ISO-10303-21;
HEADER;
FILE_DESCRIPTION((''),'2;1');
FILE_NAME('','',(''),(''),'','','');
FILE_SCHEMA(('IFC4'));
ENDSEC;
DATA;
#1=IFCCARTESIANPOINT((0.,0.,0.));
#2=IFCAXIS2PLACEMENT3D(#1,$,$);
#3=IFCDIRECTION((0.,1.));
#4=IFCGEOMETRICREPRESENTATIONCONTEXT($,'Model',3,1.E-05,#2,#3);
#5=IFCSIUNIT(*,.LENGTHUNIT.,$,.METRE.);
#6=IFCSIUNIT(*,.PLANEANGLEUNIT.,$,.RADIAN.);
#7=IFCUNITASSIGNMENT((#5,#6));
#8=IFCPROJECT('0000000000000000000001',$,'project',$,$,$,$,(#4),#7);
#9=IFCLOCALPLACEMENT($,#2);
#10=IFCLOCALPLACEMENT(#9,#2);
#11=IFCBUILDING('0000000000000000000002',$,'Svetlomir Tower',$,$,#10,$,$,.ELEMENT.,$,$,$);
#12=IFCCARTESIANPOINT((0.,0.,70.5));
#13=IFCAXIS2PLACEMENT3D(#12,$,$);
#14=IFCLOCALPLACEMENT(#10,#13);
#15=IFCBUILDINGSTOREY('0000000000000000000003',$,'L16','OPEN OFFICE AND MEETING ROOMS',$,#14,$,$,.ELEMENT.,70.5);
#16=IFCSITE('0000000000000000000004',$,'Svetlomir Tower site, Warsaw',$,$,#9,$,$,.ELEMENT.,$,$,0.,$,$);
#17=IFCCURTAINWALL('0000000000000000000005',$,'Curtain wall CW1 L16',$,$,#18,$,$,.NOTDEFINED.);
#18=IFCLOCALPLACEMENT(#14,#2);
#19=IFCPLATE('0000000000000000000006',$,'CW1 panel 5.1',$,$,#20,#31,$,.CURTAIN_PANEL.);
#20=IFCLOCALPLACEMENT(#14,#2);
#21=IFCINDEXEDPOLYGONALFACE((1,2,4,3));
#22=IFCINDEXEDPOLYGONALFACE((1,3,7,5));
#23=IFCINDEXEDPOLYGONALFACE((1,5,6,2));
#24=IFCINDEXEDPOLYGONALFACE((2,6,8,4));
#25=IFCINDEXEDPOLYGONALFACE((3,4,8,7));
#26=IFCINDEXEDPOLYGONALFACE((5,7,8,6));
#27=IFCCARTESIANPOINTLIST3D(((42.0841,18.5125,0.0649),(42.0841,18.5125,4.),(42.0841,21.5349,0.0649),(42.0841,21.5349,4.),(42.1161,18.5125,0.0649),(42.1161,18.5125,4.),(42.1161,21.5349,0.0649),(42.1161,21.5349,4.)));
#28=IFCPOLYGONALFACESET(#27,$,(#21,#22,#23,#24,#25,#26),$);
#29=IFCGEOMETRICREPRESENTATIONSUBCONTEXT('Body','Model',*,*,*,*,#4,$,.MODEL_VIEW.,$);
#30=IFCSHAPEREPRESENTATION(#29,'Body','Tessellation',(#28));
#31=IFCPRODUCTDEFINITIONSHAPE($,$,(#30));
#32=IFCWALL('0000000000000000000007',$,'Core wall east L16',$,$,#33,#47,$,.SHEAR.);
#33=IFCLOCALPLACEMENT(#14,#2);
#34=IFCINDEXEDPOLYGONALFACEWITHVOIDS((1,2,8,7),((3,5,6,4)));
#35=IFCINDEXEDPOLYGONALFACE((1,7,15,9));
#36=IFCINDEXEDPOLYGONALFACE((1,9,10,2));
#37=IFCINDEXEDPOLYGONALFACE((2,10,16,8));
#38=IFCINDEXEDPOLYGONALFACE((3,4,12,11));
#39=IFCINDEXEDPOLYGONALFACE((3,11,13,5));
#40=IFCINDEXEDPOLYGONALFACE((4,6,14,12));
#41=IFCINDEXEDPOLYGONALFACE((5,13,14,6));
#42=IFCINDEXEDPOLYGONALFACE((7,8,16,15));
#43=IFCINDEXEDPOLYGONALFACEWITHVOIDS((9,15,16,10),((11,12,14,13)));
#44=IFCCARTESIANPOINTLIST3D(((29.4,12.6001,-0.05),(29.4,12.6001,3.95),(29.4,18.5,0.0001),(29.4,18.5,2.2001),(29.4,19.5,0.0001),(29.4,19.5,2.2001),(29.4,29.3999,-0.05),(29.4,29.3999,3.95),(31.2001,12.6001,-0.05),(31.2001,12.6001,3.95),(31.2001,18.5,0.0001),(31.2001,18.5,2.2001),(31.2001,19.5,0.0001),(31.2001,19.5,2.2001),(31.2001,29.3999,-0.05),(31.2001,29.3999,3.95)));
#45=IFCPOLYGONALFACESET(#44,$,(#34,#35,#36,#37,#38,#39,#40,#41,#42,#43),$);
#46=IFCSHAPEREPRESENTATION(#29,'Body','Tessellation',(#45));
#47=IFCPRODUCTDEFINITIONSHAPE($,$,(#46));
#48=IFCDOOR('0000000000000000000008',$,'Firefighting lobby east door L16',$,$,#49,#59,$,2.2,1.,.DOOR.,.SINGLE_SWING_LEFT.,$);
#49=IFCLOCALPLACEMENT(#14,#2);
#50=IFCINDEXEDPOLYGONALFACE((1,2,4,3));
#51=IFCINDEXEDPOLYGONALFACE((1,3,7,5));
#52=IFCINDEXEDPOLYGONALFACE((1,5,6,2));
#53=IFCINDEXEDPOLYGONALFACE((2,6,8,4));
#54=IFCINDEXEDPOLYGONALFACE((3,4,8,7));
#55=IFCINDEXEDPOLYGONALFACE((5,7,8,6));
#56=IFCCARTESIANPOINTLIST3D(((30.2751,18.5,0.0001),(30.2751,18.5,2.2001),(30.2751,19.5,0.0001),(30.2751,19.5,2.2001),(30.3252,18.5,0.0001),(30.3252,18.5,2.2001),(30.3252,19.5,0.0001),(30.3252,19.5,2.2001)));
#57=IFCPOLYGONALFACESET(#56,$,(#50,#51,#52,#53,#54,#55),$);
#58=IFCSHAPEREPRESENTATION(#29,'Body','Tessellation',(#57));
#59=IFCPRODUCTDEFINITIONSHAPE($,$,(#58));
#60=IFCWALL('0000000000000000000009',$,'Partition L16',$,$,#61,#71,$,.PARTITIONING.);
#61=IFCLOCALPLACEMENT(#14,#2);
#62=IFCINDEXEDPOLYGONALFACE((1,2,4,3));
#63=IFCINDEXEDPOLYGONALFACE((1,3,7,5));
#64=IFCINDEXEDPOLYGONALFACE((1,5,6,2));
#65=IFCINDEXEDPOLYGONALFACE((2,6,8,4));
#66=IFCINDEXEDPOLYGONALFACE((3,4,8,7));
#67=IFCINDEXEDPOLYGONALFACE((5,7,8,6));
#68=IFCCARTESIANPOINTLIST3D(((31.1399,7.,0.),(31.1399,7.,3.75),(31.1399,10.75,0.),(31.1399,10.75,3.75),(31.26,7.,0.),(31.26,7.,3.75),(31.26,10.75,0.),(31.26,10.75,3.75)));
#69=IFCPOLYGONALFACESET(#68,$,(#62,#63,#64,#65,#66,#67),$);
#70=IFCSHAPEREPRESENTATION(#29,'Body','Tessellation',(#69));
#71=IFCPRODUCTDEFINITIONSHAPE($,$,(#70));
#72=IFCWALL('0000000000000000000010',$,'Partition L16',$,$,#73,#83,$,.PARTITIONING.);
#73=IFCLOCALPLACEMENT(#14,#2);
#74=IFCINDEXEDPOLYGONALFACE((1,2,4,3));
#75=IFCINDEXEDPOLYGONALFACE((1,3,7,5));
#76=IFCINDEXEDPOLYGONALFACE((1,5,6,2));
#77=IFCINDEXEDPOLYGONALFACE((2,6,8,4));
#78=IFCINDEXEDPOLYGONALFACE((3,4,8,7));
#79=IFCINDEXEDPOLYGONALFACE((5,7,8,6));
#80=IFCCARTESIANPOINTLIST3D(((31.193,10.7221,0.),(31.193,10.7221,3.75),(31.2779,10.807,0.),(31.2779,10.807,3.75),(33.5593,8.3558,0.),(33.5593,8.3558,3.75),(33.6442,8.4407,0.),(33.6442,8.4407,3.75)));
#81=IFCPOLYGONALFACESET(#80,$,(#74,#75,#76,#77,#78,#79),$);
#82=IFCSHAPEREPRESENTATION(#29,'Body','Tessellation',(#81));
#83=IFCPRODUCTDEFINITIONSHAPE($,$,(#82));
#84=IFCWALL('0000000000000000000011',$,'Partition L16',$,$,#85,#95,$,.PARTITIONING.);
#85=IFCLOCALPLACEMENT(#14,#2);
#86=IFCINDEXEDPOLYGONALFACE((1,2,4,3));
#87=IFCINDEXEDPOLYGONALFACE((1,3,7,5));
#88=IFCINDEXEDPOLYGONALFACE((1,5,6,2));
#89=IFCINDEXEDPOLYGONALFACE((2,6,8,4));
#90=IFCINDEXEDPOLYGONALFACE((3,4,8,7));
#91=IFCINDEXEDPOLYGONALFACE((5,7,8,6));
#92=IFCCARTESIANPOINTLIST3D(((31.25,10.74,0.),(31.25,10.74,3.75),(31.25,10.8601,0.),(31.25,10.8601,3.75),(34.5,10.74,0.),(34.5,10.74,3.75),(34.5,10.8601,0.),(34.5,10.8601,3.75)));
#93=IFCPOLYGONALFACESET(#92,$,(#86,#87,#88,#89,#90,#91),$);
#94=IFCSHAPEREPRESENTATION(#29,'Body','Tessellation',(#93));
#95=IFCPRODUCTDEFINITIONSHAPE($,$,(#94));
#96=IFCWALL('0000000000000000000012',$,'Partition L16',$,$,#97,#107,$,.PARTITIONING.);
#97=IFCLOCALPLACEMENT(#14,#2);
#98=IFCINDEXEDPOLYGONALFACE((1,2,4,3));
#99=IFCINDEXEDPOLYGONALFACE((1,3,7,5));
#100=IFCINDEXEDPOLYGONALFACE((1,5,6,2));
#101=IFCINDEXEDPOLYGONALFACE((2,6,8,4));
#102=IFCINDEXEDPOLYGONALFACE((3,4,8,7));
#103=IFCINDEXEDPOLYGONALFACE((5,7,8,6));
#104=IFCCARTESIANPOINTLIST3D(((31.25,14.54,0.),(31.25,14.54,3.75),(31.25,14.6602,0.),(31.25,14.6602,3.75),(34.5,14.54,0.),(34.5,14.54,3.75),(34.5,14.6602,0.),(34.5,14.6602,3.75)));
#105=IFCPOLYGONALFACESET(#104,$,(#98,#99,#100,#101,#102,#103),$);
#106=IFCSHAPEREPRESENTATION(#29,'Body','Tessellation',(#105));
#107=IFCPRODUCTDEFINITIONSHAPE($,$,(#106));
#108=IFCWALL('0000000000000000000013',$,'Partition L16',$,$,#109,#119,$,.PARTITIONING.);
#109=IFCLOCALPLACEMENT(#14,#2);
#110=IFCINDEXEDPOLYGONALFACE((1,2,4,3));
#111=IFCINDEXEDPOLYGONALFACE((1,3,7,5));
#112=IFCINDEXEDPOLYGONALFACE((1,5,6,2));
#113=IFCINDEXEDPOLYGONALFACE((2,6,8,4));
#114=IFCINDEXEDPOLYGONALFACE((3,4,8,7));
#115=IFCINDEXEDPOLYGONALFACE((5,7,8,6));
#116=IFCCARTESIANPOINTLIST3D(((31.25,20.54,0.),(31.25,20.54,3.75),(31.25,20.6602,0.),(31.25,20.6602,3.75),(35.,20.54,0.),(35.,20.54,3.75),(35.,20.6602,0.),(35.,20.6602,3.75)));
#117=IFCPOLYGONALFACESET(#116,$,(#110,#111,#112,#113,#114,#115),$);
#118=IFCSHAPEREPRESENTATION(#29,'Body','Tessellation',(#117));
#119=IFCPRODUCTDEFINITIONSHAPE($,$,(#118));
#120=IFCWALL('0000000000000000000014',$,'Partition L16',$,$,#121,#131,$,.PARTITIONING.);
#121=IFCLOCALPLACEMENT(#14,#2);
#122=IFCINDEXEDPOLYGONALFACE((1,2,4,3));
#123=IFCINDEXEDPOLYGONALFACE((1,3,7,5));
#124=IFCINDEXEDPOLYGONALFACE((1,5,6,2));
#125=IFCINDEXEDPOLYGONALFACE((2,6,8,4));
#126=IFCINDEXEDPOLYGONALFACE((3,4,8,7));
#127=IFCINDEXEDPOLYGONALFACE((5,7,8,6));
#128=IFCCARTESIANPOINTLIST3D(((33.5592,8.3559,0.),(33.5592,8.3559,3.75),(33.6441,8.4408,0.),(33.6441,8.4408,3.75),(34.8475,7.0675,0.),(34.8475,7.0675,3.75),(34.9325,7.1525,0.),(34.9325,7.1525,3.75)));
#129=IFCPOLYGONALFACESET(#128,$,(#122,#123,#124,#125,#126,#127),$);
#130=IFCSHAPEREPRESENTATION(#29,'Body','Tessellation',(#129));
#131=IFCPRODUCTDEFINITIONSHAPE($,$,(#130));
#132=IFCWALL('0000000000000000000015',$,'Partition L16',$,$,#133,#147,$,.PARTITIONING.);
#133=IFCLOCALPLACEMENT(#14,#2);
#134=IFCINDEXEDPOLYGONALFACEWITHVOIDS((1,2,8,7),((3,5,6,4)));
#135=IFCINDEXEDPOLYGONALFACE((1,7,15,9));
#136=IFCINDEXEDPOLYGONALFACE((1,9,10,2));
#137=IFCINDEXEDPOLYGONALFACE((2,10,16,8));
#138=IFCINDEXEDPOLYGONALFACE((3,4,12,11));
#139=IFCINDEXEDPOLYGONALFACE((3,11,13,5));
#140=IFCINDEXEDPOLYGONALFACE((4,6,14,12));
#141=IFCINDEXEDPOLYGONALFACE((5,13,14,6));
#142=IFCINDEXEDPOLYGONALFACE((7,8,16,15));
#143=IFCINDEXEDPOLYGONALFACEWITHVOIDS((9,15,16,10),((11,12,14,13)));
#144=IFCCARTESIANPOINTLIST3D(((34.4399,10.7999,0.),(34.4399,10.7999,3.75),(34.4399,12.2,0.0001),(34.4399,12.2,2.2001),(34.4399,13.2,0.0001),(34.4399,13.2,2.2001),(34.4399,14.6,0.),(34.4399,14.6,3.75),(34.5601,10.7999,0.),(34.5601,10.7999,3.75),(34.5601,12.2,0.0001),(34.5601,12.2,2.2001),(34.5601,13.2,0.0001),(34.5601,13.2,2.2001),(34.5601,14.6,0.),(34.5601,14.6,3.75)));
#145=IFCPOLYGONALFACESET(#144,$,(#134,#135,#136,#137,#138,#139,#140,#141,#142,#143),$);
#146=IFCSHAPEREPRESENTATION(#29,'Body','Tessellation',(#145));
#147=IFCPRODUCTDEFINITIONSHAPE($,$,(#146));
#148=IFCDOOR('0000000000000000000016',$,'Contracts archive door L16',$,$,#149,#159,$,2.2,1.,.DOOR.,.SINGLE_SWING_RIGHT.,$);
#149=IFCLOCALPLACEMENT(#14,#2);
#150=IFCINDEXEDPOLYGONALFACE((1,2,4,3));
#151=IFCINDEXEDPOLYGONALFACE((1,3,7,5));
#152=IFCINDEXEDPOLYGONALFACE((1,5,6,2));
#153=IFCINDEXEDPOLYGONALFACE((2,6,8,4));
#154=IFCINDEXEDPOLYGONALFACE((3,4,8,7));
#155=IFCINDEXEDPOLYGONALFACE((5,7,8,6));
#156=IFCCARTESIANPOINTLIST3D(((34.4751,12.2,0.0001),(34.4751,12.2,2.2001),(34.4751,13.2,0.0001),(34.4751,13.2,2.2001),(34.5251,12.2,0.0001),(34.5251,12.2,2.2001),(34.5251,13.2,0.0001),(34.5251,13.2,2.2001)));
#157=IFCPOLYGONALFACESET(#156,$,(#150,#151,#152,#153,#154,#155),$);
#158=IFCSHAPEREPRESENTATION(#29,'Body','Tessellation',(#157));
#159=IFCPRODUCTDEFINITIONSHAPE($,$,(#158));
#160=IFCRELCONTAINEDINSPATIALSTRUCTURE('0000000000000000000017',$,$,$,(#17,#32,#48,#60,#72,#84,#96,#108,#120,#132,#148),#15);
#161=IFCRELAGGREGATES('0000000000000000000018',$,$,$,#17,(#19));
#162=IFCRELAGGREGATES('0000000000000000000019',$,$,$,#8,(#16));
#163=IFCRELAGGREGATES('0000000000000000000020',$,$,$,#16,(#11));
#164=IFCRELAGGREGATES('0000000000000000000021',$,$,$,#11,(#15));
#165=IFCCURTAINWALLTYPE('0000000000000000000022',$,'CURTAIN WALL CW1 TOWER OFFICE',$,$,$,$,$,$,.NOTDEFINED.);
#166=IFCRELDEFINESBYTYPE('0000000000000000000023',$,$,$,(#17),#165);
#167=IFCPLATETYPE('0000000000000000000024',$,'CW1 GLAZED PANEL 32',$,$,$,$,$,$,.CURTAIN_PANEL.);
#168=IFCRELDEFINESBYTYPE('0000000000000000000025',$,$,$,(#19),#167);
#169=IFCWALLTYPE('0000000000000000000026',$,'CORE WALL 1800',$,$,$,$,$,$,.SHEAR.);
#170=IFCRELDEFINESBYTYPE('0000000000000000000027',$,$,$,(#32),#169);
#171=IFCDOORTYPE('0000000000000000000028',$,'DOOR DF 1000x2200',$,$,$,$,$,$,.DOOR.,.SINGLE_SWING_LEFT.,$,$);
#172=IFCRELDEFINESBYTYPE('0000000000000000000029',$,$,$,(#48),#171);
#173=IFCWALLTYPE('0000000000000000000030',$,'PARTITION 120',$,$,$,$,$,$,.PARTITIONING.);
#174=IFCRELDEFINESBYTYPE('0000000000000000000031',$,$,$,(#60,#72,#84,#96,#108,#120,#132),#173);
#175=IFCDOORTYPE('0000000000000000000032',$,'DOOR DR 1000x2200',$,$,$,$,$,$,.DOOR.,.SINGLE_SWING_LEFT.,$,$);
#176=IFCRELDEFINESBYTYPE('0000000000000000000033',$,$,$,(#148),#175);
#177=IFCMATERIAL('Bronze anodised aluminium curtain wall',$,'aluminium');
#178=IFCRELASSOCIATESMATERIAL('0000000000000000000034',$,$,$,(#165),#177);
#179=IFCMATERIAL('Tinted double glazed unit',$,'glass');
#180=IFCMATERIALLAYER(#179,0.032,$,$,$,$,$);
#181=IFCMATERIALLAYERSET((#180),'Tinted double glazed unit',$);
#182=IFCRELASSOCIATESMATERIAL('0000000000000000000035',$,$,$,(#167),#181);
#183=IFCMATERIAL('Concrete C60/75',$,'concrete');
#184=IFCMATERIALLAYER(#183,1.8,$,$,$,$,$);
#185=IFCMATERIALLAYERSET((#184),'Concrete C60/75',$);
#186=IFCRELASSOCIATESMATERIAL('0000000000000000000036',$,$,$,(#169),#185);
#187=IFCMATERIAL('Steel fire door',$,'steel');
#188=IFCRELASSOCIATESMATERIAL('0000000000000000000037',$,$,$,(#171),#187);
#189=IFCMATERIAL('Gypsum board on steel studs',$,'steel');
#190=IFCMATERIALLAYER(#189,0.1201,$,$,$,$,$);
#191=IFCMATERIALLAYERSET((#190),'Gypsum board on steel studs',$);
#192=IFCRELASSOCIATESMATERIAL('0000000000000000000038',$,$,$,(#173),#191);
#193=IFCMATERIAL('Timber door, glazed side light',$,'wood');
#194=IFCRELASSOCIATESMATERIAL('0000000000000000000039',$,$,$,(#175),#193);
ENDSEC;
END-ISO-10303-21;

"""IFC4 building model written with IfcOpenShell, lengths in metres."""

from ifc_helpers import new_model, si_unit, direction, frame, frame_2d, origin, origin_2d, place, context, subcontext, project, spatial, rectangle, extrude, material, layer, layer_set, type_object, element, fill, aggregate, save


model = new_model("IFC4")

# Units and contexts
model_context = context("Model", 3, precision=1e-05, world=origin(), true_north=direction((0.0, 1.0)))
body_context = subcontext(model_context, "Body", "Model", "MODEL_VIEW")
ifc_project = project(units=[si_unit("LENGTHUNIT", "METRE"), si_unit("PLANEANGLEUNIT", "RADIAN")], contexts=[model_context])

# Site, building, storey
site_placement = place(None, origin())
site = spatial("IfcSite", under=ifc_project, at=site_placement, Name="Svetlomir Tower site, Warsaw", CompositionType="ELEMENT", RefElevation=0.0)
building_placement = place(site_placement, origin())
building = spatial("IfcBuilding", under=site, at=building_placement, Name="Svetlomir Tower", CompositionType="ELEMENT")
storey_placement = place(building_placement, frame((0.0, 0.0, 70.5)))
storey = spatial("IfcBuildingStorey", under=building, at=storey_placement, Name="L16", Description="OPEN OFFICE AND MEETING ROOMS", CompositionType="ELEMENT", Elevation=70.5)

# Curtain wall
ifc_material_1 = material(Name="Bronze anodised aluminium curtain wall", Category="aluminium")
curtain_wall_type = type_object("IfcCurtainWallType", Name="CURTAIN WALL CW1 TOWER OFFICE", PredefinedType="NOTDEFINED", material=ifc_material_1)
curtain_wall_placement = place(storey_placement, origin())
curtain_wall = element("IfcCurtainWall", 1, at=curtain_wall_placement, inside=storey, type_object=curtain_wall_type, Name="Curtain wall CW1 L16", PredefinedType="NOTDEFINED")

# Plate
ifc_material_2 = material(Name="Tinted double glazed unit", Category="glass")
ifc_layer_1 = layer(ifc_material_2, 0.032)
ifc_layer_set_1 = layer_set([ifc_layer_1], Name="Tinted double glazed unit")
plate_type = type_object("IfcPlateType", Name="CW1 GLAZED PANEL 32", PredefinedType="CURTAIN_PANEL", material=ifc_layer_set_1)
plate_1_placement = place(storey_placement, frame((42.1001, 20.0237, 0.0649), z_axis=(0.0, 0.0, 1.0), x_axis=(0.0, 1.0, 0.0)))
plate_1 = element("IfcPlate", 2, at=plate_1_placement, type_object=plate_type, Name="CW1 panel 5.1", PredefinedType="CURTAIN_PANEL", context=body_context, shape_type="SweptSolid", body=[
    extrude(rectangle(XDim=3.0225, YDim=0.032, at=origin_2d()), origin(), (0.0, 0.0, 1.0), 3.9351),
])
aggregate(curtain_wall, [plate_1])

# Wall, opening, door
ifc_material_3 = material(Name="Concrete C60/75", Category="concrete")
ifc_layer_2 = layer(ifc_material_3, 1.8)
ifc_layer_set_2 = layer_set([ifc_layer_2], Name="Concrete C60/75")
wall_type_1 = type_object("IfcWallType", Name="CORE WALL 1800", PredefinedType="SHEAR", material=ifc_layer_set_2)
wall_1_placement = place(storey_placement, frame((30.3, 12.6001, -0.05), z_axis=(0.0, 0.0, 1.0), x_axis=(0.0, 1.0, 0.0)))
wall_1 = element("IfcWall", 3, at=wall_1_placement, inside=storey, type_object=wall_type_1, Name="Core wall east L16", PredefinedType="SHEAR", context=body_context, shape_type="SweptSolid", body=[
    extrude(rectangle(XDim=16.7998, YDim=1.8, at=frame_2d((8.3999, 0.0))), origin(), (0.0, 0.0, 1.0), 4.0),
])
opening_1_placement = place(wall_1_placement, frame((5.8999, 0.0, 0.05)))
opening_1 = element("IfcOpeningElement", 4, at=opening_1_placement, cuts=wall_1, PredefinedType="OPENING", context=body_context, shape_type="SweptSolid", body=[
    extrude(rectangle(XDim=1.0, YDim=2.2, at=frame_2d((0.5, 1.1001))), frame((0.0, 0.9102, 0.0), z_axis=(0.0, -1.0, 0.0), x_axis=(1.0, 0.0, 0.0)), (0.0, 0.0, 1.0), 1.8201),
])
ifc_material_4 = material(Name="Steel fire door", Category="steel")
door_type_1 = type_object("IfcDoorType", Name="DOOR DF 1000x2200", OperationType="SINGLE_SWING_LEFT", PredefinedType="DOOR", material=ifc_material_4)
door_1_placement = place(opening_1_placement, origin())
door_1 = element("IfcDoor", 5, at=door_1_placement, inside=storey, type_object=door_type_1, Name="Firefighting lobby east door L16", OperationType="SINGLE_SWING_LEFT", OverallHeight=2.2, OverallWidth=1.0, PredefinedType="DOOR", context=body_context, shape_type="SweptSolid", body=[
    extrude(rectangle(XDim=1.0, YDim=2.2, at=frame_2d((0.5, 1.1001))), frame((0.0, 0.0249, 0.0), z_axis=(0.0, -1.0, 0.0), x_axis=(1.0, 0.0, 0.0)), (0.0, 0.0, 1.0), 0.05),
])
fill(opening_1, door_1)

# Walls
ifc_material_5 = material(Name="Gypsum board on steel studs", Category="steel")
ifc_layer_3 = layer(ifc_material_5, 0.1201)
ifc_layer_set_3 = layer_set([ifc_layer_3], Name="Gypsum board on steel studs")
wall_type_2 = type_object("IfcWallType", Name="PARTITION 120", PredefinedType="PARTITIONING", material=ifc_layer_set_3)
wall_2_placement = place(storey_placement, frame((31.2, 7.0, 0.0), z_axis=(0.0, 0.0, 1.0), x_axis=(0.0, 1.0, 0.0)))
element("IfcWall", 6, at=wall_2_placement, inside=storey, type_object=wall_type_2, Name="Partition L16", PredefinedType="PARTITIONING", context=body_context, shape_type="SweptSolid", body=[
    extrude(rectangle(XDim=3.75, YDim=0.1201, at=frame_2d((1.875, 0.0))), origin(), (0.0, 0.0, 1.0), 3.75),
])
wall_3_placement = place(storey_placement, frame((31.2354, 10.7646, 0.0), z_axis=(0.0, 0.0, 1.0), x_axis=(0.707107, -0.707107, 0.0)))
element("IfcWall", 7, at=wall_3_placement, inside=storey, type_object=wall_type_2, Name="Partition L16", PredefinedType="PARTITIONING", context=body_context, shape_type="SweptSolid", body=[
    extrude(rectangle(XDim=3.3464, YDim=0.1201, at=frame_2d((1.6733, 0.0))), origin(), (0.0, 0.0, 1.0), 3.75),
])
for number, where, z_axis, x_axis, name in (
    (8, (31.25, 10.8, 0.0), (0.0, 0.0, 1.0), (1.0, 0.0, 0.0), "Partition L16"),
    (9, (31.25, 14.6001, 0.0), (0.0, 0.0, 1.0), (1.0, 0.0, 0.0), "Partition L16"),
):
    element("IfcWall", number, at=place(storey_placement, frame(where, z_axis=z_axis, x_axis=x_axis)), inside=storey, type_object=wall_type_2, Name=name, PredefinedType="PARTITIONING", context=body_context, shape_type="SweptSolid", body=[
        extrude(rectangle(XDim=3.25, YDim=0.1201, at=frame_2d((1.625, 0.0))), origin(), (0.0, 0.0, 1.0), 3.75),
    ])
wall_4_placement = place(storey_placement, frame((31.25, 20.6001, 0.0), z_axis=(0.0, 0.0, 1.0), x_axis=(1.0, 0.0, 0.0)))
element("IfcWall", 10, at=wall_4_placement, inside=storey, type_object=wall_type_2, Name="Partition L16", PredefinedType="PARTITIONING", context=body_context, shape_type="SweptSolid", body=[
    extrude(rectangle(XDim=3.75, YDim=0.1201, at=frame_2d((1.875, 0.0))), origin(), (0.0, 0.0, 1.0), 3.75),
])
wall_5_placement = place(storey_placement, frame((33.6016, 8.3984, 0.0), z_axis=(0.0, 0.0, 1.0), x_axis=(0.707107, -0.707107, 0.0)))
element("IfcWall", 11, at=wall_5_placement, inside=storey, type_object=wall_type_2, Name="Partition L16", PredefinedType="PARTITIONING", context=body_context, shape_type="SweptSolid", body=[
    extrude(rectangle(XDim=1.822, YDim=0.1201, at=frame_2d((0.9111, 0.0))), origin(), (0.0, 0.0, 1.0), 3.75),
])

# Wall, opening, door
wall_6_placement = place(storey_placement, frame((34.5, 10.8, 0.0), z_axis=(0.0, 0.0, 1.0), x_axis=(0.0, 1.0, 0.0)))
wall_6 = element("IfcWall", 12, at=wall_6_placement, inside=storey, type_object=wall_type_2, Name="Partition L16", PredefinedType="PARTITIONING", context=body_context, shape_type="SweptSolid", body=[
    extrude(rectangle(XDim=3.8, YDim=0.1201, at=frame_2d((1.8999, 0.0))), origin(), (0.0, 0.0, 1.0), 3.75),
])
opening_2_placement = place(wall_6_placement, frame((1.3999, 0.0, 0.0)))
opening_2 = element("IfcOpeningElement", 13, at=opening_2_placement, cuts=wall_6, PredefinedType="OPENING", context=body_context, shape_type="SweptSolid", body=[
    extrude(rectangle(XDim=1.0, YDim=2.2, at=frame_2d((0.5, 1.1001))), frame((0.0, 0.0701, 0.0), z_axis=(0.0, -1.0, 0.0), x_axis=(1.0, 0.0, 0.0)), (0.0, 0.0, 1.0), 0.1401),
])
ifc_material_6 = material(Name="Timber door, glazed side light", Category="wood")
door_type_2 = type_object("IfcDoorType", Name="DOOR DR 1000x2200", OperationType="SINGLE_SWING_LEFT", PredefinedType="DOOR", material=ifc_material_6)
door_2_placement = place(opening_2_placement, origin())
door_2 = element("IfcDoor", 14, at=door_2_placement, inside=storey, type_object=door_type_2, Name="Contracts archive door L16", OperationType="SINGLE_SWING_RIGHT", OverallHeight=2.2, OverallWidth=1.0, PredefinedType="DOOR", context=body_context, shape_type="SweptSolid", body=[
    extrude(rectangle(XDim=1.0, YDim=2.2, at=frame_2d((0.5, 1.1001))), frame((0.0, 0.0249, 0.0), z_axis=(0.0, -1.0, 0.0), x_axis=(1.0, 0.0, 0.0)), (0.0, 0.0, 1.0), 0.05),
])
fill(opening_2, door_2)

save(model, "model.ifc")
